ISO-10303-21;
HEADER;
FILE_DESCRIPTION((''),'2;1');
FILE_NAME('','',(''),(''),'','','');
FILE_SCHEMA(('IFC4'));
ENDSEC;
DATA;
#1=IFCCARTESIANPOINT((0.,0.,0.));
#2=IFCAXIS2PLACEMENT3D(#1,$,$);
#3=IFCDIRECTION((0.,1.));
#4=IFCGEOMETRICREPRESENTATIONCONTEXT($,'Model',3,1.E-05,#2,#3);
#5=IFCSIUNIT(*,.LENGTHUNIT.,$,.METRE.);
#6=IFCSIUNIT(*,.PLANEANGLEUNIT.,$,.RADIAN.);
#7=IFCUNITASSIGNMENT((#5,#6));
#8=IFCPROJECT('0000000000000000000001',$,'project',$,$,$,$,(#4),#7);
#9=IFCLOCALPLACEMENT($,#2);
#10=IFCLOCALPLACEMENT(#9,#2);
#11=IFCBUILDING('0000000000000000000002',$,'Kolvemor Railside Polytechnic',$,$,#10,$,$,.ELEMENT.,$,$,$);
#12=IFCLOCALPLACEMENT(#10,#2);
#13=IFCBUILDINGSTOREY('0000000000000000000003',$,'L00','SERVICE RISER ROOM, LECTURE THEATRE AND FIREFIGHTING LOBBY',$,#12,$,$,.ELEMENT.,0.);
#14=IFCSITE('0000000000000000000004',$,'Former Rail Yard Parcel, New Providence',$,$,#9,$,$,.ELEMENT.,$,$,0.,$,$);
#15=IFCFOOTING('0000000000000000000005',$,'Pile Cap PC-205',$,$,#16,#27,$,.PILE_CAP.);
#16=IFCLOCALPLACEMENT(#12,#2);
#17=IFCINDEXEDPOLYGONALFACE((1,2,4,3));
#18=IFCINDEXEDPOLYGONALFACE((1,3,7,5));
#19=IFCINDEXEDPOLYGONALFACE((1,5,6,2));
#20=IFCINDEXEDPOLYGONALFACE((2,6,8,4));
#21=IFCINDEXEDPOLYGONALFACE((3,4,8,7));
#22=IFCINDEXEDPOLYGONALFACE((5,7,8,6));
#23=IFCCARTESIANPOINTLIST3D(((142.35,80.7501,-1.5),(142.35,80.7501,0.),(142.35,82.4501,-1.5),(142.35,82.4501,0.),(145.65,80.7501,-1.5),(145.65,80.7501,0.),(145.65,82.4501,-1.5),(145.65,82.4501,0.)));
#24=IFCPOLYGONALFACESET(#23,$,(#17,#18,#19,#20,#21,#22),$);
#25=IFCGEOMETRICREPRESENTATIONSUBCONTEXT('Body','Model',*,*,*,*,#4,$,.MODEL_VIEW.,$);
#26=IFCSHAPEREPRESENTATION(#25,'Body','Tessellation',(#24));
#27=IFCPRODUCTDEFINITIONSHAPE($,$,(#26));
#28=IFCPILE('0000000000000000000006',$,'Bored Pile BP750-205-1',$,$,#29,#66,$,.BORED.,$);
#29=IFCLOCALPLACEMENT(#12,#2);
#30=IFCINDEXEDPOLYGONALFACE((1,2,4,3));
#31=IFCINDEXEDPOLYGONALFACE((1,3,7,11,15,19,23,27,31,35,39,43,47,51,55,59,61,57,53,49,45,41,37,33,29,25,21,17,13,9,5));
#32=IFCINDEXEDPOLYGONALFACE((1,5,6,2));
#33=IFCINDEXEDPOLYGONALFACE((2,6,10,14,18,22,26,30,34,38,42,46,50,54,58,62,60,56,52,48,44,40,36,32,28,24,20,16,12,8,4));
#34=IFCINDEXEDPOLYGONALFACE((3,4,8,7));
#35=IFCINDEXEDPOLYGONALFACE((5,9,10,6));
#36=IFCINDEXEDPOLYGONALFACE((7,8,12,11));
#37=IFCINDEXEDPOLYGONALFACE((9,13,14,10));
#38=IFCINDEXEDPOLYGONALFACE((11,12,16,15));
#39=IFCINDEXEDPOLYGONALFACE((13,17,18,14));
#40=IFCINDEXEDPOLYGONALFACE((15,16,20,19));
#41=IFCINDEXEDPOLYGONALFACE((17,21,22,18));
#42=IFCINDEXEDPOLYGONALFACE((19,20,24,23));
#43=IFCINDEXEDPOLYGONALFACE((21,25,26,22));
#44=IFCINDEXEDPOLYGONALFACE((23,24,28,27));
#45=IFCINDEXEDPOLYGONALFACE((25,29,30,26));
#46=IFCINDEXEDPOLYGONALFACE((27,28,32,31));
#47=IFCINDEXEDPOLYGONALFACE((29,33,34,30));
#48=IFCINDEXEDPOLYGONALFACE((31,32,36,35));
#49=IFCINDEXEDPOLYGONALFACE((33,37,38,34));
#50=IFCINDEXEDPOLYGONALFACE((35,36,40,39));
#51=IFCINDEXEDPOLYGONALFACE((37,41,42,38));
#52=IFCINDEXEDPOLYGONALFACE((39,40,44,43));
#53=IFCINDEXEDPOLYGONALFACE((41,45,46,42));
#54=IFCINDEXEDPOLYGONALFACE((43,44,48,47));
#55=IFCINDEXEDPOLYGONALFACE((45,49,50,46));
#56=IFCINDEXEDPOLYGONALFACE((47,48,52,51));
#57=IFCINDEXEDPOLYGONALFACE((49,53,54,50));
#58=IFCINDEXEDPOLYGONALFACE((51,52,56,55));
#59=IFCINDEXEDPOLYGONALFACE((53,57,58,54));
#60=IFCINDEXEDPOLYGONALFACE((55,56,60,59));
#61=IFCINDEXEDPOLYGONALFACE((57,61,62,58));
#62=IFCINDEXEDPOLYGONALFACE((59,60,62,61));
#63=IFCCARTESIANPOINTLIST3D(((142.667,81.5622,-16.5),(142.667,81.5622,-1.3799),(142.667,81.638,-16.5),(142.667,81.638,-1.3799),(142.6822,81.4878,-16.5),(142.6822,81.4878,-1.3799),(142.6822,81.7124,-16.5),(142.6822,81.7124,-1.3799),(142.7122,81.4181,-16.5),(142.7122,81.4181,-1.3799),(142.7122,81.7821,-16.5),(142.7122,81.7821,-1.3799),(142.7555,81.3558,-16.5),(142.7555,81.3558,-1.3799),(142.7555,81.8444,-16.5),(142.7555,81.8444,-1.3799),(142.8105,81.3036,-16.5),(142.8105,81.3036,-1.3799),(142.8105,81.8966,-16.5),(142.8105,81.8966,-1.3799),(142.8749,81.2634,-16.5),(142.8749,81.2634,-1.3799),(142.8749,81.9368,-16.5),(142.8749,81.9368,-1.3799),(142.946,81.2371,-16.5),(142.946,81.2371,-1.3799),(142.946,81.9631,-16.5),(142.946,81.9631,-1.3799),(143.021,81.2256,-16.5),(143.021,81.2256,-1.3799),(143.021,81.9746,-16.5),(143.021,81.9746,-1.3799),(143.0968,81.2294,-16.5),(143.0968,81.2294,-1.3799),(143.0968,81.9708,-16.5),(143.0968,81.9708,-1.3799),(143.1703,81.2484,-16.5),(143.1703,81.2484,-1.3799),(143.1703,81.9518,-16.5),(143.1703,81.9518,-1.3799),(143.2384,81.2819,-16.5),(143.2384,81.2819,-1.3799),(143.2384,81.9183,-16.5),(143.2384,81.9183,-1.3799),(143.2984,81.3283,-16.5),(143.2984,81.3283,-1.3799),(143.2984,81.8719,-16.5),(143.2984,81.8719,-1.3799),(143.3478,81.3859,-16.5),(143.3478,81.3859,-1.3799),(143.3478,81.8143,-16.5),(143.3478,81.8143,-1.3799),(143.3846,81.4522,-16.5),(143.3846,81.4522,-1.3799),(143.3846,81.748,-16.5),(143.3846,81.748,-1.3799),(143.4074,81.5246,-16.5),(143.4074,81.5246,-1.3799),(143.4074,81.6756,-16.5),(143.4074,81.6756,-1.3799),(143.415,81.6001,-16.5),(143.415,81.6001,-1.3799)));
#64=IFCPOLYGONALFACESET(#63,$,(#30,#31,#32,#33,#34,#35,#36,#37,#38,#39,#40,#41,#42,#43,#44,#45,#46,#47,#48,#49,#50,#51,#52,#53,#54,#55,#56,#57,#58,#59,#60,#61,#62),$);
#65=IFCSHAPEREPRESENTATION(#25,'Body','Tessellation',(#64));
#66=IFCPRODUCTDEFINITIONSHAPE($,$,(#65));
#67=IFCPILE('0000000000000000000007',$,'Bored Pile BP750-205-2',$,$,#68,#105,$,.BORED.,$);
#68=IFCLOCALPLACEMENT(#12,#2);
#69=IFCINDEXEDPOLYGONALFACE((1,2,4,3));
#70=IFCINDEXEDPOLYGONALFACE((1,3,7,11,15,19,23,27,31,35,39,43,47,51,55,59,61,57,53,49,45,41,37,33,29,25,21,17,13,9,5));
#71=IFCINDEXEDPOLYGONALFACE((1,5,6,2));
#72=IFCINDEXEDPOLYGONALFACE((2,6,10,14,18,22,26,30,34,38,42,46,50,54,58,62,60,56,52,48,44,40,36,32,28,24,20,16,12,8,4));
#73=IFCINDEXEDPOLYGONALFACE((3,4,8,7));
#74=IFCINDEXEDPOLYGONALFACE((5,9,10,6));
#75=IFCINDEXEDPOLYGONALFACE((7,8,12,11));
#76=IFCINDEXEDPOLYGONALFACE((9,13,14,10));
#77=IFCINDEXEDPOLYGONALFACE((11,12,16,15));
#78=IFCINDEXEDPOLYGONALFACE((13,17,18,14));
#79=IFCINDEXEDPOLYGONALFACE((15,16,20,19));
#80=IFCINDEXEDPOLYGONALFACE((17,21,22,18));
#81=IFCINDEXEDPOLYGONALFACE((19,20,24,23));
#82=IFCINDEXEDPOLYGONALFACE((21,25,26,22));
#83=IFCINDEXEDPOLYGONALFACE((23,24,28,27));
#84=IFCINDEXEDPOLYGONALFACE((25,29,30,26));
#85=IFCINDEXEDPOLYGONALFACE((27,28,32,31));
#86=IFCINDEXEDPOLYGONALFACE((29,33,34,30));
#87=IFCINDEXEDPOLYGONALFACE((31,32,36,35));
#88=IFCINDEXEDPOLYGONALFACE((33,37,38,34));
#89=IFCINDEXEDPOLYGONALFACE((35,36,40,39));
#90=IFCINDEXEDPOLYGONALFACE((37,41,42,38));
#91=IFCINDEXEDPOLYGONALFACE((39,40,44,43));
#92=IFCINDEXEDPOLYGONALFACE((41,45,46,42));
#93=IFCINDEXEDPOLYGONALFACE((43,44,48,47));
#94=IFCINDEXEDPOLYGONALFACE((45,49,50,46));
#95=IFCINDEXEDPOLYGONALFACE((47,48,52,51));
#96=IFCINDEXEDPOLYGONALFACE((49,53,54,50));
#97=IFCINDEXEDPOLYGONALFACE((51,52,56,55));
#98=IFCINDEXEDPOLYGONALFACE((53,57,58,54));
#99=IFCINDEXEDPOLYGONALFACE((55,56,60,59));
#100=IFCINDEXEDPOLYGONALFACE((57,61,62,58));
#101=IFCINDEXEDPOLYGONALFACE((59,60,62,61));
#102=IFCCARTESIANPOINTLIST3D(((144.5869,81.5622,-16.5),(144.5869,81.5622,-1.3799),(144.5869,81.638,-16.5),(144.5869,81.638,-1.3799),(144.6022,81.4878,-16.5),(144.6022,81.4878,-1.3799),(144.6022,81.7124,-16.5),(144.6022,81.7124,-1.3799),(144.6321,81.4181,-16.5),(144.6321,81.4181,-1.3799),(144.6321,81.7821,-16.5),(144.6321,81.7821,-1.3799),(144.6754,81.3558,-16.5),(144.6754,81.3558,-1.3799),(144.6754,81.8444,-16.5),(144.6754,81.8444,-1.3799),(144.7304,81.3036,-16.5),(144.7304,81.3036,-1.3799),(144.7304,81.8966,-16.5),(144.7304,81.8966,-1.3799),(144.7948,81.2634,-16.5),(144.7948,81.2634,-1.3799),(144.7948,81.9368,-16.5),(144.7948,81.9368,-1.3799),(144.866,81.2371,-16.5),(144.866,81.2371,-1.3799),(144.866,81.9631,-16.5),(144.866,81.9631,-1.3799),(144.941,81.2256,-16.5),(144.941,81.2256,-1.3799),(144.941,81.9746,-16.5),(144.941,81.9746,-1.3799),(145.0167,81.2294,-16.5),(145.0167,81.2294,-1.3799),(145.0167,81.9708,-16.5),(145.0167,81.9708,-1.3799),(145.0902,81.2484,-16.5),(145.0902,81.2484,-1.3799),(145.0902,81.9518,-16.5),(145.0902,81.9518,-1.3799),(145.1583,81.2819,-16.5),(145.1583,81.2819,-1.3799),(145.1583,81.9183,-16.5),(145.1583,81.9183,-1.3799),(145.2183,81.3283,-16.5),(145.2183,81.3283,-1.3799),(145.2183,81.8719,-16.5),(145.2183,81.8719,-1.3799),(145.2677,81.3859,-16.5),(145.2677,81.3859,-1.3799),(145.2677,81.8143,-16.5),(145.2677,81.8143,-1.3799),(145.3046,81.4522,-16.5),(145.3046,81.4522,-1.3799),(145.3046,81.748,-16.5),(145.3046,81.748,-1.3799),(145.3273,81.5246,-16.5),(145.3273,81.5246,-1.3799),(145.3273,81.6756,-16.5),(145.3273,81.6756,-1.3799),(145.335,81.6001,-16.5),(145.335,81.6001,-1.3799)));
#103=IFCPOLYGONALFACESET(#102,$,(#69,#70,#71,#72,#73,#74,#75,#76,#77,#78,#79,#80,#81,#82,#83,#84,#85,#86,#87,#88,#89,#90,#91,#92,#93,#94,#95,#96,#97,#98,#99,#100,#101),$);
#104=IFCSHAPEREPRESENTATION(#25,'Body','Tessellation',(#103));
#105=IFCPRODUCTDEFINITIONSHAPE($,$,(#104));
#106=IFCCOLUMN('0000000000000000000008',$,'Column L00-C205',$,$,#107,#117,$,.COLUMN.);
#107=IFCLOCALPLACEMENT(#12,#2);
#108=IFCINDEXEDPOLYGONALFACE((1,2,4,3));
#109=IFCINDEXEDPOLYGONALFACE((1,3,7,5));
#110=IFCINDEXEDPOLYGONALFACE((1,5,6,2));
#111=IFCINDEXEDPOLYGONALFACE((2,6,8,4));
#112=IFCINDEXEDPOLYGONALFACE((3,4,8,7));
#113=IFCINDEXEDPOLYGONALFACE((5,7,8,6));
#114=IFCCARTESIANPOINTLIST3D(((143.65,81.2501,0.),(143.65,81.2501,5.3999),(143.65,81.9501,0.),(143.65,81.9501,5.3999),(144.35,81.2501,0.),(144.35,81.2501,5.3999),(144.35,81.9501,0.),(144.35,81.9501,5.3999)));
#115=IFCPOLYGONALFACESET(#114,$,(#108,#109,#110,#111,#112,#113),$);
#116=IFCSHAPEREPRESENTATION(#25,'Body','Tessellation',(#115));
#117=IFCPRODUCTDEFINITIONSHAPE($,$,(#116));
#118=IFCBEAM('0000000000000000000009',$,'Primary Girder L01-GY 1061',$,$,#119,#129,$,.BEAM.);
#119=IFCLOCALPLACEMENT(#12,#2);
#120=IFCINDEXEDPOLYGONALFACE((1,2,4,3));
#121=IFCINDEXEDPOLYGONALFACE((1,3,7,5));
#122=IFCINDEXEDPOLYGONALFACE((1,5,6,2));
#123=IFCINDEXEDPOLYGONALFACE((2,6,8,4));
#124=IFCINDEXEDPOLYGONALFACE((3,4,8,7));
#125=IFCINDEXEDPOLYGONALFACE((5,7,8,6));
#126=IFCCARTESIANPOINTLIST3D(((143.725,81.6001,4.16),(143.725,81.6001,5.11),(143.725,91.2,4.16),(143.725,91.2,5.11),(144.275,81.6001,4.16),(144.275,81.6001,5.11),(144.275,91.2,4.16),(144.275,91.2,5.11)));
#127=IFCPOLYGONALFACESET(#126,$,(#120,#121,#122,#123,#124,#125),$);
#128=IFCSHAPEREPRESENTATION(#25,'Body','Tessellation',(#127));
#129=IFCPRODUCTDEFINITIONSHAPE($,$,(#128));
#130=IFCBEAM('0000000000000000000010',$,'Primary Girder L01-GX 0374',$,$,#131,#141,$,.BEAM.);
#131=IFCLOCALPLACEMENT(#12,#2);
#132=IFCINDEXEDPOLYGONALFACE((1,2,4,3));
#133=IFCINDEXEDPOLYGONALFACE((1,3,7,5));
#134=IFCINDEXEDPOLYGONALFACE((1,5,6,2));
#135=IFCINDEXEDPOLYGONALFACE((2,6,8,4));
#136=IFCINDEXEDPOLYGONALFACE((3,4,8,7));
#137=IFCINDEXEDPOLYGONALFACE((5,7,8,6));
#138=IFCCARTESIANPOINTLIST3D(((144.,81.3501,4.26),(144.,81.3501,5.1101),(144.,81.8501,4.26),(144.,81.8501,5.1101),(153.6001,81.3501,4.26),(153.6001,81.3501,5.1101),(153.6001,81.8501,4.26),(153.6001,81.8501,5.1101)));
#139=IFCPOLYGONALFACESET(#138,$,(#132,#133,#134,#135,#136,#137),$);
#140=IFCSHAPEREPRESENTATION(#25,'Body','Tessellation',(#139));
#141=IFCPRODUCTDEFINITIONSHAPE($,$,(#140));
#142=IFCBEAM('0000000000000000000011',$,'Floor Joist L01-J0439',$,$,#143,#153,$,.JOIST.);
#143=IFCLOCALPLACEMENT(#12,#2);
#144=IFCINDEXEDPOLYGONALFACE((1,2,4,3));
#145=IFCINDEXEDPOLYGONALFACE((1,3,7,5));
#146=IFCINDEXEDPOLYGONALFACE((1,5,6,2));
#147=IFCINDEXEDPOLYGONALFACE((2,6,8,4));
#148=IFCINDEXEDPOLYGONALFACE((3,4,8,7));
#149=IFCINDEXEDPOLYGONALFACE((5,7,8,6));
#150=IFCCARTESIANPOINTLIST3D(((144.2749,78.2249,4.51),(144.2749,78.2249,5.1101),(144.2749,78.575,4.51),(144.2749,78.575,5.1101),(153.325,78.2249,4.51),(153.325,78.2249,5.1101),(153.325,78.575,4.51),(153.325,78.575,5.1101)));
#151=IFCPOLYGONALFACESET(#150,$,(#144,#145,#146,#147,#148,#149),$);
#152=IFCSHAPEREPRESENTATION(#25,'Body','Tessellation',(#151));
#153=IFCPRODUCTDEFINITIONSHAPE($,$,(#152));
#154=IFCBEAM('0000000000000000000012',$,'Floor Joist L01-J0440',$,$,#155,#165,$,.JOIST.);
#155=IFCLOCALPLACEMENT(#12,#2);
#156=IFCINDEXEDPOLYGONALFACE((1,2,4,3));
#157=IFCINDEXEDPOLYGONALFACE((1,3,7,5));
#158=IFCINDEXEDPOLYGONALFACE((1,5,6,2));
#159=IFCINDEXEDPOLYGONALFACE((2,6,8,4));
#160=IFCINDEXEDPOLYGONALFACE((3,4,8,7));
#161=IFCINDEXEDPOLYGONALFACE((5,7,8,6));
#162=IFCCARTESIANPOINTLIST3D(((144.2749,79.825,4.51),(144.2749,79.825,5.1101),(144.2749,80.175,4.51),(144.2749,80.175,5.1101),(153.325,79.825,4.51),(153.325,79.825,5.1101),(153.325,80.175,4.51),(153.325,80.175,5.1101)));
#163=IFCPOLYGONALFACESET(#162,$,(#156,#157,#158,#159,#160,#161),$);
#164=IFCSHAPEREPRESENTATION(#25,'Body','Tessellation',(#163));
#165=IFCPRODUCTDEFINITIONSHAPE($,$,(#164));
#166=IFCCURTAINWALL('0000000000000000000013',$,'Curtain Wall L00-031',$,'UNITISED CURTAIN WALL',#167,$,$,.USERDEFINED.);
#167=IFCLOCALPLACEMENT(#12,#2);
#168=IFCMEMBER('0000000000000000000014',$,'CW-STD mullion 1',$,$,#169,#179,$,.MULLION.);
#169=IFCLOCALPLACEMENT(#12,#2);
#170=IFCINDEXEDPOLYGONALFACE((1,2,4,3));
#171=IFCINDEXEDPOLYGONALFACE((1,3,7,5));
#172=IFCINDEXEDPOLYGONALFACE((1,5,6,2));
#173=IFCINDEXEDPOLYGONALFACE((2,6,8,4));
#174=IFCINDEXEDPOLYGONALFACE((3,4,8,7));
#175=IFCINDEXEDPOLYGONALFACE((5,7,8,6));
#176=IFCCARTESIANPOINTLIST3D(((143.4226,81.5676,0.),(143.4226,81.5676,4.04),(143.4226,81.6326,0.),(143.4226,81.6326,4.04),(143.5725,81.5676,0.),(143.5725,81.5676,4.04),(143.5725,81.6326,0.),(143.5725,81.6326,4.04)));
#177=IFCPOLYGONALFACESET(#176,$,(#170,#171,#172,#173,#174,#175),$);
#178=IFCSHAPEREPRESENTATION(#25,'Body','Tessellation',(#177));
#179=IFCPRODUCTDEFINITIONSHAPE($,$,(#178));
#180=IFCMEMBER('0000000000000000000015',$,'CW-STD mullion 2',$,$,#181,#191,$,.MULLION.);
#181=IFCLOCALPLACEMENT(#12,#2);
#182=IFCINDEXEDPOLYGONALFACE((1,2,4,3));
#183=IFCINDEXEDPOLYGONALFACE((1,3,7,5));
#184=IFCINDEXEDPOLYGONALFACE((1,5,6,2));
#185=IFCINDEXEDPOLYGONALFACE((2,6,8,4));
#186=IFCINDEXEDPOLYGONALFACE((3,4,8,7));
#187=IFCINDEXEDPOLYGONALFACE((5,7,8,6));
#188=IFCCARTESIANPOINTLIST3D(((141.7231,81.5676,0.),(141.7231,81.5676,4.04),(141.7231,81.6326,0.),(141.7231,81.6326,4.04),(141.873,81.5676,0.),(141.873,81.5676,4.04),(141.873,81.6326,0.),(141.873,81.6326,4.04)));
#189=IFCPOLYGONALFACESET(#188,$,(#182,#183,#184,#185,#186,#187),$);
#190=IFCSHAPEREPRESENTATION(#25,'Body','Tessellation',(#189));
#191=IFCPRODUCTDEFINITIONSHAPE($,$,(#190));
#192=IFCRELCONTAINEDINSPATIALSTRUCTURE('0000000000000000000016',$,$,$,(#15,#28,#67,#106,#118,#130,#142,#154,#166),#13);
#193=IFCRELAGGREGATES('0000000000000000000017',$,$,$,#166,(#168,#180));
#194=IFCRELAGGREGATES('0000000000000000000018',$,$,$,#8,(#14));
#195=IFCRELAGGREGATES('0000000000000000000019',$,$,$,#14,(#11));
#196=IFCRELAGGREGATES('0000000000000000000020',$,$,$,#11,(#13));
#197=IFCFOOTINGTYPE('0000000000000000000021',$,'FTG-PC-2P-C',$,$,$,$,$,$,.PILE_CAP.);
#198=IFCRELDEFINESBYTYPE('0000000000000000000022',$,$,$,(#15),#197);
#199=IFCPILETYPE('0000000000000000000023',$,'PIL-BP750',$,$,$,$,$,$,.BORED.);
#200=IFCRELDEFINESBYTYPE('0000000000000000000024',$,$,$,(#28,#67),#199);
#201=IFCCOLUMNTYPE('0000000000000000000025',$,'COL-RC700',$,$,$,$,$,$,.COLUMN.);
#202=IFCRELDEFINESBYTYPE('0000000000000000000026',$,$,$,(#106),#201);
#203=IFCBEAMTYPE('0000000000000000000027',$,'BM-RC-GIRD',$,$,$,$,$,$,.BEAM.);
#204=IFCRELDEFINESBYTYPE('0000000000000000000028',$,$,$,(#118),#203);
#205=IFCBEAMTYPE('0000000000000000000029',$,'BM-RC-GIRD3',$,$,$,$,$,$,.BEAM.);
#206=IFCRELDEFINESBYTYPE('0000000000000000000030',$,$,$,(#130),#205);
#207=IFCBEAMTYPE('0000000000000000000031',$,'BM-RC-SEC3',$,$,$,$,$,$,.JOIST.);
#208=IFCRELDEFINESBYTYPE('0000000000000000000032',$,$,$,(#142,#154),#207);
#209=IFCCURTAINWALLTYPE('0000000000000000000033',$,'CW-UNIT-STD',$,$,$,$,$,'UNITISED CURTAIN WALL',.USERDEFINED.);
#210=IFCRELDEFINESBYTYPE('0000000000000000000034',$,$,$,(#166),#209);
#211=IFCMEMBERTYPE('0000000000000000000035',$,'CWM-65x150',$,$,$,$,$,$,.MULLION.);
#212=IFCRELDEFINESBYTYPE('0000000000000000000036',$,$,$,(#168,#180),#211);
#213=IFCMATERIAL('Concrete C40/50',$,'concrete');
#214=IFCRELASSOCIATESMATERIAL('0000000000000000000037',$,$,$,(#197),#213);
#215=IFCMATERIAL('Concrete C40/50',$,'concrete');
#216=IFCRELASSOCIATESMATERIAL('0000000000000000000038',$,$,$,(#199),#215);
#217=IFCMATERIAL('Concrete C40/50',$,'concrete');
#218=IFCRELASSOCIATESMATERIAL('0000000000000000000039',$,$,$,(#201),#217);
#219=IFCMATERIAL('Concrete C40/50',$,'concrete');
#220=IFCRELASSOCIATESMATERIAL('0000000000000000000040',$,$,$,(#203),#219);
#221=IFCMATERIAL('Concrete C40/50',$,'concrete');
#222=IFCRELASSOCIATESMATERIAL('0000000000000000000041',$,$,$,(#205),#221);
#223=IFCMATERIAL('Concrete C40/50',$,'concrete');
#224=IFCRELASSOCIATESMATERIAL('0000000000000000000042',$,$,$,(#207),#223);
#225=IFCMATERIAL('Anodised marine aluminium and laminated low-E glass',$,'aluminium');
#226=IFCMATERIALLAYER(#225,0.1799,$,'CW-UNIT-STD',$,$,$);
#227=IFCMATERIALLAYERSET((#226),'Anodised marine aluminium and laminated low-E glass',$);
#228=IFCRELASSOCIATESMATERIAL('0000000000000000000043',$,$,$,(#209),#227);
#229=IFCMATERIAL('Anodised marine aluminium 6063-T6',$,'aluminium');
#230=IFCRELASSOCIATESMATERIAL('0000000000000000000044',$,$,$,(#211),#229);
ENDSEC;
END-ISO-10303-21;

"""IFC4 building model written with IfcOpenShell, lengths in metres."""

from ifc_helpers import new_model, si_unit, direction, frame, origin, origin_2d, place, context, subcontext, project, spatial, rectangle, circle, extrude, material, layer, layer_set, material_profile, profile_set, type_object, element, aggregate, save


model = new_model("IFC4")

# Units and contexts
model_context = context("Model", 3, precision=1e-05, world=origin(), true_north=direction((0.0, 1.0)))
body_context = subcontext(model_context, "Body", "Model", "MODEL_VIEW")
ifc_project = project(units=[si_unit("LENGTHUNIT", "METRE"), si_unit("PLANEANGLEUNIT", "RADIAN")], contexts=[model_context])

# Site, building, storey
site_placement = place(None, origin())
site = spatial("IfcSite", under=ifc_project, at=site_placement, Name="Former Rail Yard Parcel, New Providence", CompositionType="ELEMENT", RefElevation=0.0)
building_placement = place(site_placement, origin())
building = spatial("IfcBuilding", under=site, at=building_placement, Name="Kolvemor Railside Polytechnic", CompositionType="ELEMENT")
storey_placement = place(building_placement, origin())
storey = spatial("IfcBuildingStorey", under=building, at=storey_placement, Name="L00", Description="SERVICE RISER ROOM, LECTURE THEATRE AND FIREFIGHTING LOBBY", CompositionType="ELEMENT", Elevation=0.0)

# Footing
ifc_material_1 = material(Name="Concrete C40/50", Category="concrete")
footing_type = type_object("IfcFootingType", Name="FTG-PC-2P-C", PredefinedType="PILE_CAP", material=ifc_material_1)
footing_placement = place(storey_placement, frame((144.0, 81.6001, -1.5), z_axis=(0.0, 0.0, 1.0), x_axis=(1.0, 0.0, 0.0)))
element("IfcFooting", 1, at=footing_placement, inside=storey, type_object=footing_type, Name="Pile Cap PC-205", PredefinedType="PILE_CAP", context=body_context, shape_type="SweptSolid", body=[
    extrude(rectangle(XDim=3.3, YDim=1.7, at=origin_2d()), origin(), (0.0, 0.0, 1.0), 1.5),
])

# Piles
ifc_material_2 = material(Name="Concrete C40/50", Category="concrete")
ifc_material_profile_1 = material_profile(ifc_material_2, circle(Radius=0.375, at=origin_2d()), Name="BP750")
ifc_profile_set_1 = profile_set([ifc_material_profile_1], Name="Concrete C40/50")
pile_type = type_object("IfcPileType", Name="PIL-BP750", PredefinedType="BORED", material=ifc_profile_set_1)
for number, where, z_axis, x_axis, name in (
    (2, (143.04, 81.6001, -1.3799), (0.0, 0.0, -1.0), (1.0, 0.0, 0.0), "Bored Pile BP750-205-1"),
    (3, (144.96, 81.6001, -1.3799), (0.0, 0.0, -1.0), (1.0, 0.0, 0.0), "Bored Pile BP750-205-2"),
):
    element("IfcPile", number, at=place(storey_placement, frame(where, z_axis=z_axis, x_axis=x_axis)), inside=storey, type_object=pile_type, Name=name, PredefinedType="BORED", context=body_context, shape_type="SweptSolid", body=[
        extrude(circle(Radius=0.375, at=origin_2d()), origin(), (0.0, 0.0, 1.0), 15.1201),
    ])

# Column
ifc_material_3 = material(Name="Concrete C40/50", Category="concrete")
ifc_material_profile_2 = material_profile(ifc_material_3, rectangle(XDim=0.7, YDim=0.7, at=origin_2d()), Name="RC700x700")
ifc_profile_set_2 = profile_set([ifc_material_profile_2], Name="Concrete C40/50")
column_type = type_object("IfcColumnType", Name="COL-RC700", PredefinedType="COLUMN", material=ifc_profile_set_2)
column_placement = place(storey_placement, frame((144.0, 81.6001, 0.0), z_axis=(0.0, 0.0, 1.0), x_axis=(1.0, 0.0, 0.0)))
element("IfcColumn", 4, at=column_placement, inside=storey, type_object=column_type, Name="Column L00-C205", PredefinedType="COLUMN", context=body_context, shape_type="SweptSolid", body=[
    extrude(rectangle(XDim=0.7, YDim=0.7, at=origin_2d()), origin(), (0.0, 0.0, 1.0), 5.3999),
])

# Beams
ifc_material_4 = material(Name="Concrete C40/50", Category="concrete")
ifc_material_profile_3 = material_profile(ifc_material_4, rectangle(XDim=0.55, YDim=0.95, at=origin_2d()), Name="RC550x950")
ifc_profile_set_3 = profile_set([ifc_material_profile_3], Name="Concrete C40/50")
beam_type_1 = type_object("IfcBeamType", Name="BM-RC-GIRD", PredefinedType="BEAM", material=ifc_profile_set_3)
beam_1_placement = place(storey_placement, frame((144.0, 81.6001, 4.635), z_axis=(0.0, 1.0, 0.0), x_axis=(-1.0, 0.0, 0.0)))
element("IfcBeam", 5, at=beam_1_placement, inside=storey, type_object=beam_type_1, Name="Primary Girder L01-GY 1061", PredefinedType="BEAM", context=body_context, shape_type="SweptSolid", body=[
    extrude(rectangle(XDim=0.55, YDim=0.95, at=origin_2d()), origin(), (0.0, 0.0, 1.0), 9.5999),
])
ifc_material_5 = material(Name="Concrete C40/50", Category="concrete")
ifc_material_profile_4 = material_profile(ifc_material_5, rectangle(XDim=0.5, YDim=0.8501, at=origin_2d()), Name="RC500x850")
ifc_profile_set_4 = profile_set([ifc_material_profile_4], Name="Concrete C40/50")
beam_type_2 = type_object("IfcBeamType", Name="BM-RC-GIRD3", PredefinedType="BEAM", material=ifc_profile_set_4)
beam_2_placement = place(storey_placement, frame((144.0, 81.6001, 4.6851), z_axis=(1.0, 0.0, 0.0), x_axis=(0.0, 1.0, 0.0)))
element("IfcBeam", 6, at=beam_2_placement, inside=storey, type_object=beam_type_2, Name="Primary Girder L01-GX 0374", PredefinedType="BEAM", context=body_context, shape_type="SweptSolid", body=[
    extrude(rectangle(XDim=0.5, YDim=0.8501, at=origin_2d()), origin(), (0.0, 0.0, 1.0), 9.6001),
])
ifc_material_6 = material(Name="Concrete C40/50", Category="concrete")
ifc_material_profile_5 = material_profile(ifc_material_6, rectangle(XDim=0.3501, YDim=0.6001, at=origin_2d()), Name="RC350x600")
ifc_profile_set_5 = profile_set([ifc_material_profile_5], Name="Concrete C40/50")
beam_type_3 = type_object("IfcBeamType", Name="BM-RC-SEC3", PredefinedType="JOIST", material=ifc_profile_set_5)
for number, where, z_axis, x_axis, name in (
    (7, (144.2749, 78.3999, 4.8101), (1.0, 0.0, 0.0), (0.0, 1.0, 0.0), "Floor Joist L01-J0439"),
    (8, (144.2749, 80.0, 4.8101), (1.0, 0.0, 0.0), (0.0, 1.0, 0.0), "Floor Joist L01-J0440"),
):
    element("IfcBeam", number, at=place(storey_placement, frame(where, z_axis=z_axis, x_axis=x_axis)), inside=storey, type_object=beam_type_3, Name=name, PredefinedType="JOIST", context=body_context, shape_type="SweptSolid", body=[
        extrude(rectangle(XDim=0.3501, YDim=0.6001, at=origin_2d()), origin(), (0.0, 0.0, 1.0), 9.05),
    ])

# Curtain wall, members
ifc_material_7 = material(Name="Anodised marine aluminium and laminated low-E glass", Category="aluminium")
ifc_layer_1 = layer(ifc_material_7, 0.1799, Name="CW-UNIT-STD")
ifc_layer_set_1 = layer_set([ifc_layer_1], Name="Anodised marine aluminium and laminated low-E glass")
curtain_wall_type = type_object("IfcCurtainWallType", Name="CW-UNIT-STD", ElementType="UNITISED CURTAIN WALL", PredefinedType="USERDEFINED", material=ifc_layer_set_1)
curtain_wall_1_placement = place(storey_placement, origin())
curtain_wall_1 = element("IfcCurtainWall", 9, at=curtain_wall_1_placement, inside=storey, type_object=curtain_wall_type, Name="Curtain Wall L00-031", ObjectType="UNITISED CURTAIN WALL", PredefinedType="USERDEFINED")
ifc_material_8 = material(Name="Anodised marine aluminium 6063-T6", Category="aluminium")
ifc_material_profile_6 = material_profile(ifc_material_8, rectangle(XDim=0.0649, YDim=0.1499, at=origin_2d()), Name="CW-MUL-65x150")
ifc_profile_set_6 = profile_set([ifc_material_profile_6], Name="Anodised marine aluminium 6063-T6")
member_type_1 = type_object("IfcMemberType", Name="CWM-65x150", PredefinedType="MULLION", material=ifc_profile_set_6)
member_1_placement = place(storey_placement, frame((143.4976, 81.6001, 0.0), z_axis=(0.0, 0.0, 1.0), x_axis=(0.0, -1.0, 0.0)))
member_1 = element("IfcMember", 10, at=member_1_placement, type_object=member_type_1, Name="CW-STD mullion 1", PredefinedType="MULLION", context=body_context, shape_type="SweptSolid", body=[
    extrude(rectangle(XDim=0.0649, YDim=0.1499, at=origin_2d()), origin(), (0.0, 0.0, 1.0), 4.04),
])
member_2_placement = place(storey_placement, frame((141.7981, 81.6001, 0.0), z_axis=(0.0, 0.0, 1.0), x_axis=(0.0, -1.0, 0.0)))
member_2 = element("IfcMember", 11, at=member_2_placement, type_object=member_type_1, Name="CW-STD mullion 2", PredefinedType="MULLION", context=body_context, shape_type="SweptSolid", body=[
    extrude(rectangle(XDim=0.0649, YDim=0.1499, at=origin_2d()), origin(), (0.0, 0.0, 1.0), 4.04),
])

aggregate(curtain_wall_1, [member_1, member_2])

save(model, "model.ifc")
